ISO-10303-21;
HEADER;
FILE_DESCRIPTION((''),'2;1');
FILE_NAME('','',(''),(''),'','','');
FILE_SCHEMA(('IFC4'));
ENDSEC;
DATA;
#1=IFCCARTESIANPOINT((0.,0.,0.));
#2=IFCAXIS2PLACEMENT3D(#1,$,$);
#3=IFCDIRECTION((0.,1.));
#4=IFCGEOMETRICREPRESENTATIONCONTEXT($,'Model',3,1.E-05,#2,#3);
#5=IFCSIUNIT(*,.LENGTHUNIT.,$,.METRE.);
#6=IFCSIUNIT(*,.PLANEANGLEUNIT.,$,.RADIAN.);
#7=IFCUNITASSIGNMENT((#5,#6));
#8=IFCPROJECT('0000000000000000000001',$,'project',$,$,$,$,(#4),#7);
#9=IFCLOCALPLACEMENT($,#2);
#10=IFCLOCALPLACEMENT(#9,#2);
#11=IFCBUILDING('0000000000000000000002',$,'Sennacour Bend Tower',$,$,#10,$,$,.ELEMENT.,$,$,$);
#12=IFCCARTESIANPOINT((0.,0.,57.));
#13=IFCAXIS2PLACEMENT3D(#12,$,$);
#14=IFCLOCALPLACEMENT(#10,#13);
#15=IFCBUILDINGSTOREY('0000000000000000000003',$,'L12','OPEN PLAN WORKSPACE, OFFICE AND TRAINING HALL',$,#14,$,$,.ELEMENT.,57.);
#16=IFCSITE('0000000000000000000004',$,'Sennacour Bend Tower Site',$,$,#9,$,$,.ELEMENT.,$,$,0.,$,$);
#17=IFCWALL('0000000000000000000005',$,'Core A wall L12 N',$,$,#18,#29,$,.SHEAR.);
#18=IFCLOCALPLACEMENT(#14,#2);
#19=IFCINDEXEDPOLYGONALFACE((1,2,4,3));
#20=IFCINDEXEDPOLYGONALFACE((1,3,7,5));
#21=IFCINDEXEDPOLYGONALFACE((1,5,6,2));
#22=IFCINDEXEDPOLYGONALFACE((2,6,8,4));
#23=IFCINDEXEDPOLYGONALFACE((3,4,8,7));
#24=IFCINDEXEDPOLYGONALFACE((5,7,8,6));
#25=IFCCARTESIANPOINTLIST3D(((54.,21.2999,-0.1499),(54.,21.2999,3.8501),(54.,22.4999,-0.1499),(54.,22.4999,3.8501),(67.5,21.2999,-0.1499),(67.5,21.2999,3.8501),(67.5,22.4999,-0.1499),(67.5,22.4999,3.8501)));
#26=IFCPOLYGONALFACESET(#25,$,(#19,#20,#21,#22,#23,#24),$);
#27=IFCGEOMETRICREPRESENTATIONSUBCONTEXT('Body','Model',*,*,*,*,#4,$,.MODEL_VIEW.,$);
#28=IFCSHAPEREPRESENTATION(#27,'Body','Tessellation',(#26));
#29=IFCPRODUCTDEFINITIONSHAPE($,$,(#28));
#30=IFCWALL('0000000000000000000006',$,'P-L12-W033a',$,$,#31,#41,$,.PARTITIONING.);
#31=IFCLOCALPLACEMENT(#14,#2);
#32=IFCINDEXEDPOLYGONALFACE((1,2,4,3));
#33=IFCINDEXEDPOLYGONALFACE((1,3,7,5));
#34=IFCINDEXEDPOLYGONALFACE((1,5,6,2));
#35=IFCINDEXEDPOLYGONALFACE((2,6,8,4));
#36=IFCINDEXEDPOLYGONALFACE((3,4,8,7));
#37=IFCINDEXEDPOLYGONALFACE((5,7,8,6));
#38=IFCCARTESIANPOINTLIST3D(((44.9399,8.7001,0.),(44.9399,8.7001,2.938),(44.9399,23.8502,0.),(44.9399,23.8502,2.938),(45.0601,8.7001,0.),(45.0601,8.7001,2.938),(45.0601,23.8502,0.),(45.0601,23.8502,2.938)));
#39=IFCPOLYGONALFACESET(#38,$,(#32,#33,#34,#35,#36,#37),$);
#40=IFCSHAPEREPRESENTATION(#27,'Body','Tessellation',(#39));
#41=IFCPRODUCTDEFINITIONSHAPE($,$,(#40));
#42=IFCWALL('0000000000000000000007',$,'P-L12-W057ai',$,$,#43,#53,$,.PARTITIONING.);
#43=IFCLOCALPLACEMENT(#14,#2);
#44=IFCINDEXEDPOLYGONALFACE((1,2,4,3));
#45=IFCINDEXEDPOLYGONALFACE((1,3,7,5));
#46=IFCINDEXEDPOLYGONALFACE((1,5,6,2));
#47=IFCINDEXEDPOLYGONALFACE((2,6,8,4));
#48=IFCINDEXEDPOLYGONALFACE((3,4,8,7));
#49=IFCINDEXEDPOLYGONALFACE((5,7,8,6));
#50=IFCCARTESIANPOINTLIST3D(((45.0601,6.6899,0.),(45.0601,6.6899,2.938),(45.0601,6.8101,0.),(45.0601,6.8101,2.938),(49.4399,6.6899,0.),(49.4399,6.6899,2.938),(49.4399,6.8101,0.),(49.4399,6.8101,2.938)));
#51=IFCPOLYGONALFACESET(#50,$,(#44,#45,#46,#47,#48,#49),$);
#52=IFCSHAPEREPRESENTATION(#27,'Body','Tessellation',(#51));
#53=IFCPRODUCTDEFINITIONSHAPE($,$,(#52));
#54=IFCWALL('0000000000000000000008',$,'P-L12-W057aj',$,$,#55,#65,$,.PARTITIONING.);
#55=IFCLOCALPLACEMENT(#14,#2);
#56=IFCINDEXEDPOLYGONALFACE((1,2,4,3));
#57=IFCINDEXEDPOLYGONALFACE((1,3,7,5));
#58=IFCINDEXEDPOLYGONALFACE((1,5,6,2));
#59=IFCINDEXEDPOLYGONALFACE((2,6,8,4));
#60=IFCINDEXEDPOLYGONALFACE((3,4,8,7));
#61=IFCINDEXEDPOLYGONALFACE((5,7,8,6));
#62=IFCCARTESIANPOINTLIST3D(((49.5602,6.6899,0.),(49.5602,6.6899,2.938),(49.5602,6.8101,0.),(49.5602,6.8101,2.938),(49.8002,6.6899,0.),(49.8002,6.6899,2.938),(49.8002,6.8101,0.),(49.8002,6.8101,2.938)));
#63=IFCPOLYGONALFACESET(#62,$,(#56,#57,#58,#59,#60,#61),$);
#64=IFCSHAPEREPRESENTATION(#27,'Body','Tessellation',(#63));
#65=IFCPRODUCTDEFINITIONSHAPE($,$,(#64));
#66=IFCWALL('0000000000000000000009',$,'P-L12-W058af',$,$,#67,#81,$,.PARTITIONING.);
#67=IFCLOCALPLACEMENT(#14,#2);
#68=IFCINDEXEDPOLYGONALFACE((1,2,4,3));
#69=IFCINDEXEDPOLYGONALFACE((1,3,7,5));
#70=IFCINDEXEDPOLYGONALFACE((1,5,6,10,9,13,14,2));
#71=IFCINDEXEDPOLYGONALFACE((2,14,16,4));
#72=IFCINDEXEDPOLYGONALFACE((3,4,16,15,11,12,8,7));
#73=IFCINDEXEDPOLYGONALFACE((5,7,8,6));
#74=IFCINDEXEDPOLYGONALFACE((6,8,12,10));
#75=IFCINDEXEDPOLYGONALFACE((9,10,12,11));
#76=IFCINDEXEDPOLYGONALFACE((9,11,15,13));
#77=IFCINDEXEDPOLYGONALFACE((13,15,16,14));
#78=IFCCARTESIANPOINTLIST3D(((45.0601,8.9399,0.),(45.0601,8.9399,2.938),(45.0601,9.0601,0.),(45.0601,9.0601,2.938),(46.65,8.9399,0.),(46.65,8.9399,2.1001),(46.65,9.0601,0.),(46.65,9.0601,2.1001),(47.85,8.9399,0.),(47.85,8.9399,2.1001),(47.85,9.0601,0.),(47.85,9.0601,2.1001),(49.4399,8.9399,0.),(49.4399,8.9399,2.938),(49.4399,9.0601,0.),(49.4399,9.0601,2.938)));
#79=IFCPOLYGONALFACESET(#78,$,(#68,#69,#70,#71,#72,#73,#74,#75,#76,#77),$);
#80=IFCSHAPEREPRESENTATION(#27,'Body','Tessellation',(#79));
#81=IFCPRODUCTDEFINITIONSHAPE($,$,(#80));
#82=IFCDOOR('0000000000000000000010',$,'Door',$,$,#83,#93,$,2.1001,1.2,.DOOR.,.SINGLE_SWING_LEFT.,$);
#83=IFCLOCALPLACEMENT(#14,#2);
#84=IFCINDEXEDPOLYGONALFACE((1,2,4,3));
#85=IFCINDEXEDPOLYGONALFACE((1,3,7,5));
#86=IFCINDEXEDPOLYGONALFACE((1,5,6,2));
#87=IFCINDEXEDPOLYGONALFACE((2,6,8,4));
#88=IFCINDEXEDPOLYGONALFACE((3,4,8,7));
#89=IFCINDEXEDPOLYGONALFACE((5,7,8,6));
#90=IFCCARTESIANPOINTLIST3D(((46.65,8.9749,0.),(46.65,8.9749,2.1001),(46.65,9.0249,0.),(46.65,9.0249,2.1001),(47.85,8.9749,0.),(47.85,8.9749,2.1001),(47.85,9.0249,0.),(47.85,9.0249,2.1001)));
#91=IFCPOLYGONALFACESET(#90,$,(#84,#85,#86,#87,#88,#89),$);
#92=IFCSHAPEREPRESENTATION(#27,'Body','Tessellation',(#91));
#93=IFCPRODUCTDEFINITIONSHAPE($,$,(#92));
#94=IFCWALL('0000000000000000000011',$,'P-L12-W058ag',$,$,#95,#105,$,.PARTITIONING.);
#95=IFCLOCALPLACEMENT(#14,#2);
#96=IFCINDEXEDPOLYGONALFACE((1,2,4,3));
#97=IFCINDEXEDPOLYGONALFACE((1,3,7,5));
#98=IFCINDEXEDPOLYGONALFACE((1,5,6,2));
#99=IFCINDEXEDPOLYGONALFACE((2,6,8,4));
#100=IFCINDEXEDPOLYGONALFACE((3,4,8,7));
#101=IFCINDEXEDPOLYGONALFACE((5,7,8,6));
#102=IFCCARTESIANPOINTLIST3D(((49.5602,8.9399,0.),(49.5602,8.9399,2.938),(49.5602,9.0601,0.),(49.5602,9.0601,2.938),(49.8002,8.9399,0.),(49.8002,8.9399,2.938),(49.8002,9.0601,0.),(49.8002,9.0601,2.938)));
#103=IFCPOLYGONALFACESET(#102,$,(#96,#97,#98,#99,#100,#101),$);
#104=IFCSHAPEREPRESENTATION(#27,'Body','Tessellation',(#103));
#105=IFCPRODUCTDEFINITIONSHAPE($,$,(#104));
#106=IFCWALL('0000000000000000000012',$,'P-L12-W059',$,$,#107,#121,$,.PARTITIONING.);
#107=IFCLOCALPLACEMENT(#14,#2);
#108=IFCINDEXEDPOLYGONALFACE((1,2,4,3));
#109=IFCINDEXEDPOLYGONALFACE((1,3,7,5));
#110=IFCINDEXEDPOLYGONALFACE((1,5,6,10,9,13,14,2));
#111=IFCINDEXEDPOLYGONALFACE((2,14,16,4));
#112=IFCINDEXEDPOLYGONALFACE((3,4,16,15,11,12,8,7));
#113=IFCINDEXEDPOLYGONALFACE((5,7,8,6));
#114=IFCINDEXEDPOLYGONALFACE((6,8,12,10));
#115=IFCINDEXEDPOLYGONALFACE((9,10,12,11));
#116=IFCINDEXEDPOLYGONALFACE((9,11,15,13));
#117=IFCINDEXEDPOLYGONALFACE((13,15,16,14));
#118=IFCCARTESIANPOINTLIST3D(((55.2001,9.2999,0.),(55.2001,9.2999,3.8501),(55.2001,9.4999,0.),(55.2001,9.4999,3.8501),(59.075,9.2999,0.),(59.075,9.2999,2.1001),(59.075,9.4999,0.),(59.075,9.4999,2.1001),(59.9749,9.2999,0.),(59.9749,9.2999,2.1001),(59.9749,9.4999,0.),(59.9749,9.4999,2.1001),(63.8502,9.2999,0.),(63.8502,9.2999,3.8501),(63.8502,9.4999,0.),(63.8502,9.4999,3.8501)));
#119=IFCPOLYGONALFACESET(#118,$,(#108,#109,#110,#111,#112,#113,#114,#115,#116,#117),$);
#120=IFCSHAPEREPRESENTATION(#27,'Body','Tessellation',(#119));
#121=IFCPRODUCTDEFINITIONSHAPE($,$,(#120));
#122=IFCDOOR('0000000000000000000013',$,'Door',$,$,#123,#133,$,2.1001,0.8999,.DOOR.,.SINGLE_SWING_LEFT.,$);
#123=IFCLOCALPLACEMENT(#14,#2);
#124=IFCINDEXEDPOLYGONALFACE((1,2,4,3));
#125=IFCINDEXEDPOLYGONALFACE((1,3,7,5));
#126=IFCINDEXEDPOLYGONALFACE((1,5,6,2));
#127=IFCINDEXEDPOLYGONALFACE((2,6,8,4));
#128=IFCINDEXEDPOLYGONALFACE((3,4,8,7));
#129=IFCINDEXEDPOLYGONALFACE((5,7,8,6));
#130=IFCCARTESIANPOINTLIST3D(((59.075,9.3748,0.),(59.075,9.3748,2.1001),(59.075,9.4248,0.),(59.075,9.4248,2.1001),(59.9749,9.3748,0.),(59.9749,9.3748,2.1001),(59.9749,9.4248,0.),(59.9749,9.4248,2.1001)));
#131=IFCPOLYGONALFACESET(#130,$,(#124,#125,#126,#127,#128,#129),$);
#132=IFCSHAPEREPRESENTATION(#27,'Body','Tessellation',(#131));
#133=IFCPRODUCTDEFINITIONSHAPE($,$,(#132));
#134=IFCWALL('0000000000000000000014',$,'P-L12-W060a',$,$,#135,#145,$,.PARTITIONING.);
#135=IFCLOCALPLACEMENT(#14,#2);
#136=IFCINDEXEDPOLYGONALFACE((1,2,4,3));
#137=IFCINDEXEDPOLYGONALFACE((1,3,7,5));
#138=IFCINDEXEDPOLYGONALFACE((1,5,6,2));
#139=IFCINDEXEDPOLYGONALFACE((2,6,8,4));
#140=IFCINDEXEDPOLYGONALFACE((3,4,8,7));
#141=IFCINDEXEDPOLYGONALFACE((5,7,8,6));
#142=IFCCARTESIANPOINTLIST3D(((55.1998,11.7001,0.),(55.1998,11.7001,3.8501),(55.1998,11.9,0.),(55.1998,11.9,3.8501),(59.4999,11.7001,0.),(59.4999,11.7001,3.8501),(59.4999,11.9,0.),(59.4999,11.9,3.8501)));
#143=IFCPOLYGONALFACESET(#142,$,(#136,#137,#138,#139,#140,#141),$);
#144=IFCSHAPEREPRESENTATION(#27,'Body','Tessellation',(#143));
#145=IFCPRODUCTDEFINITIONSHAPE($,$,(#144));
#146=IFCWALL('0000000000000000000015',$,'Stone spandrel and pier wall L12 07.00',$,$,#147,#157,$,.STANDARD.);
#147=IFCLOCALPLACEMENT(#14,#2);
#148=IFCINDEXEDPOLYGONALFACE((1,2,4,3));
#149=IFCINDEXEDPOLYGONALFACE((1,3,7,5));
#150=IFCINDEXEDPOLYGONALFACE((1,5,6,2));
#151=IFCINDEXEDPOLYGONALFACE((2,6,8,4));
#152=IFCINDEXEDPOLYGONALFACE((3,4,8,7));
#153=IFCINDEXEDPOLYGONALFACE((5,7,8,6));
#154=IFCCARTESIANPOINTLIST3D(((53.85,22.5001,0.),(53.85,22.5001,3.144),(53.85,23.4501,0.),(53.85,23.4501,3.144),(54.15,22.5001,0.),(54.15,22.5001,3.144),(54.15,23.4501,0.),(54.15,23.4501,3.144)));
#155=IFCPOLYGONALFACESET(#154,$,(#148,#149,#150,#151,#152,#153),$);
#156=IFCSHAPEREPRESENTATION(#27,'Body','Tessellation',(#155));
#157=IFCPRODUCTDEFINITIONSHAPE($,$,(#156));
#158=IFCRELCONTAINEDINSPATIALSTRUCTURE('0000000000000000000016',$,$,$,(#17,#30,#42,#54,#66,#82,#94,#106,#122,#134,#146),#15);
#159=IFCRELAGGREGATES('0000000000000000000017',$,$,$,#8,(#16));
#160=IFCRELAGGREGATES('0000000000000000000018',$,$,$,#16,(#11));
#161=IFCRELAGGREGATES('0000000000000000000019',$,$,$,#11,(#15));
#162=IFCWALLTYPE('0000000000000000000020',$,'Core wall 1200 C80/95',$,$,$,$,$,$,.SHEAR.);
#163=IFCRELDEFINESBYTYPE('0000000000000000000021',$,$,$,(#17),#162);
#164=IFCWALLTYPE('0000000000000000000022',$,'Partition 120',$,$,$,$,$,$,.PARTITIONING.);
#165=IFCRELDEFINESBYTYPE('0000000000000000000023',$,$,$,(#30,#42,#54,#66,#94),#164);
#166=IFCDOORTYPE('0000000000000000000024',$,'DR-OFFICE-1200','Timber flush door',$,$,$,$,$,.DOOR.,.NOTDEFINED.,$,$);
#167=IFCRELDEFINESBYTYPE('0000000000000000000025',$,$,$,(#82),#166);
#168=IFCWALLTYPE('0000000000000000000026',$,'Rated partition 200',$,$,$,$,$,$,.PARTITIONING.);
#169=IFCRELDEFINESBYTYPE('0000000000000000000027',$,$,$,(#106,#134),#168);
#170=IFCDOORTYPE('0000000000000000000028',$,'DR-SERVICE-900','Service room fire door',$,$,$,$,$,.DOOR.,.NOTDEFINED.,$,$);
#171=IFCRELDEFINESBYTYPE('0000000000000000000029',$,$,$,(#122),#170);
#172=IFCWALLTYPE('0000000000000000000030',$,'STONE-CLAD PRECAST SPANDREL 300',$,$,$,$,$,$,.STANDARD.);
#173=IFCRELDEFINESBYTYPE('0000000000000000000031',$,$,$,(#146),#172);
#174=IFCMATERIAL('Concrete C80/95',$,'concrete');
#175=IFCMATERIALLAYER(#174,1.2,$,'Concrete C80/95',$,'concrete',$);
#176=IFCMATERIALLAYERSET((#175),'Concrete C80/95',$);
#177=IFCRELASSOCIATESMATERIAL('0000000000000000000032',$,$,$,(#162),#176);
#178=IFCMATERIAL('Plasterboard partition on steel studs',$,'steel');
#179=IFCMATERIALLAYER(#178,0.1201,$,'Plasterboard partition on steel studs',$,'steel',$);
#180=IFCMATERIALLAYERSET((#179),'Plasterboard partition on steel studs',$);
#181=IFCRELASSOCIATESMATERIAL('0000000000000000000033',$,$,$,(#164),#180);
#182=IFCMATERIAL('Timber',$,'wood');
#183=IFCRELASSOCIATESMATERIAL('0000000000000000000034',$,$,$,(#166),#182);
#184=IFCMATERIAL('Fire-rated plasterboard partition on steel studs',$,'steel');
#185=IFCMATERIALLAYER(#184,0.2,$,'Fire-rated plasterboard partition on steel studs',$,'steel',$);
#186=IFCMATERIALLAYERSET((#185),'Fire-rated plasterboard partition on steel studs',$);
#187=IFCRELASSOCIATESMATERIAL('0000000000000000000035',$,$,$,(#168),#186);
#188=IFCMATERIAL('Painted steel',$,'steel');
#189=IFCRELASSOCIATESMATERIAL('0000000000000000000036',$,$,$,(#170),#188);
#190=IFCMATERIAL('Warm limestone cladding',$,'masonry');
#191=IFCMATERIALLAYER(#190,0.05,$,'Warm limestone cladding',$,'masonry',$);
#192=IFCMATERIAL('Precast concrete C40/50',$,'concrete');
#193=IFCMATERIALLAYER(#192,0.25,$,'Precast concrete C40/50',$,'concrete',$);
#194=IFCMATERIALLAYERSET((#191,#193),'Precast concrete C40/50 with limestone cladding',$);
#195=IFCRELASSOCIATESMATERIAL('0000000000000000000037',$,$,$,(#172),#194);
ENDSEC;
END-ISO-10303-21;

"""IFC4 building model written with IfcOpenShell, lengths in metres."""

from ifc_helpers import new_model, si_unit, direction, frame, frame_2d, origin, place, context, subcontext, project, spatial, rectangle, extrude, material, layer, layer_set, type_object, element, fill, save


model = new_model("IFC4")

# Units and contexts
model_context = context("Model", 3, precision=1e-05, world=origin(), true_north=direction((0.0, 1.0)))
body_context = subcontext(model_context, "Body", "Model", "MODEL_VIEW")
ifc_project = project(units=[si_unit("LENGTHUNIT", "METRE"), si_unit("PLANEANGLEUNIT", "RADIAN")], contexts=[model_context])

# Site, building, storey
site_placement = place(None, origin())
site = spatial("IfcSite", under=ifc_project, at=site_placement, Name="Sennacour Bend Tower Site", CompositionType="ELEMENT", RefElevation=0.0)
building_placement = place(site_placement, origin())
building = spatial("IfcBuilding", under=site, at=building_placement, Name="Sennacour Bend Tower", CompositionType="ELEMENT")
storey_placement = place(building_placement, frame((0.0, 0.0, 57.0)))
storey = spatial("IfcBuildingStorey", under=building, at=storey_placement, Name="L12", Description="OPEN PLAN WORKSPACE, OFFICE AND TRAINING HALL", CompositionType="ELEMENT", Elevation=57.0)

# Walls
ifc_material_1 = material(Name="Concrete C80/95", Category="concrete")
ifc_layer_1 = layer(ifc_material_1, 1.2, Name="Concrete C80/95", Category="concrete")
ifc_layer_set_1 = layer_set([ifc_layer_1], Name="Concrete C80/95")
wall_type_1 = type_object("IfcWallType", Name="Core wall 1200 C80/95", PredefinedType="SHEAR", material=ifc_layer_set_1)
wall_1_placement = place(storey_placement, frame((54.0, 21.8999, -0.1499), z_axis=(0.0, 0.0, 1.0), x_axis=(1.0, 0.0, 0.0)))
element("IfcWall", 1, at=wall_1_placement, inside=storey, type_object=wall_type_1, Name="Core A wall L12 N", PredefinedType="SHEAR", context=body_context, shape_type="SweptSolid", body=[
    extrude(rectangle(XDim=13.5, YDim=1.2, at=frame_2d((6.75, 0.0))), origin(), (0.0, 0.0, 1.0), 4.0),
])
ifc_material_2 = material(Name="Plasterboard partition on steel studs", Category="steel")
ifc_layer_2 = layer(ifc_material_2, 0.1201, Name="Plasterboard partition on steel studs", Category="steel")
ifc_layer_set_2 = layer_set([ifc_layer_2], Name="Plasterboard partition on steel studs")
wall_type_2 = type_object("IfcWallType", Name="Partition 120", PredefinedType="PARTITIONING", material=ifc_layer_set_2)
wall_2_placement = place(storey_placement, frame((45.0, 8.7, 0.0), z_axis=(0.0, 0.0, 1.0), x_axis=(0.0, 1.0, 0.0)))
element("IfcWall", 2, at=wall_2_placement, inside=storey, type_object=wall_type_2, Name="P-L12-W033a", PredefinedType="PARTITIONING", context=body_context, shape_type="SweptSolid", body=[
    extrude(rectangle(XDim=15.1501, YDim=0.1201, at=frame_2d((7.5752, 0.0))), origin(), (0.0, 0.0, 1.0), 2.938),
])
wall_3_placement = place(storey_placement, frame((45.0601, 6.75, 0.0), z_axis=(0.0, 0.0, 1.0), x_axis=(1.0, 0.0, 0.0)))
element("IfcWall", 3, at=wall_3_placement, inside=storey, type_object=wall_type_2, Name="P-L12-W057ai", PredefinedType="PARTITIONING", context=body_context, shape_type="SweptSolid", body=[
    extrude(rectangle(XDim=4.3799, YDim=0.1201, at=frame_2d((2.1899, 0.0))), origin(), (0.0, 0.0, 1.0), 2.938),
])
wall_4_placement = place(storey_placement, frame((49.5601, 6.75, 0.0), z_axis=(0.0, 0.0, 1.0), x_axis=(1.0, 0.0, 0.0)))
element("IfcWall", 4, at=wall_4_placement, inside=storey, type_object=wall_type_2, Name="P-L12-W057aj", PredefinedType="PARTITIONING", context=body_context, shape_type="SweptSolid", body=[
    extrude(rectangle(XDim=0.24, YDim=0.1201, at=frame_2d((0.1201, 0.0))), origin(), (0.0, 0.0, 1.0), 2.938),
])

# Wall, opening, door
wall_5_placement = place(storey_placement, frame((45.0601, 9.0, 0.0), z_axis=(0.0, 0.0, 1.0), x_axis=(1.0, 0.0, 0.0)))
wall_5 = element("IfcWall", 5, at=wall_5_placement, inside=storey, type_object=wall_type_2, Name="P-L12-W058af", PredefinedType="PARTITIONING", context=body_context, shape_type="SweptSolid", body=[
    extrude(rectangle(XDim=4.3799, YDim=0.1201, at=frame_2d((2.1899, 0.0))), origin(), (0.0, 0.0, 1.0), 2.938),
])
opening_1_placement = place(wall_5_placement, frame((1.5898, 0.0, 0.0)))
opening_1 = element("IfcOpeningElement", 6, at=opening_1_placement, cuts=wall_5, PredefinedType="OPENING", context=body_context, shape_type="SweptSolid", body=[
    extrude(rectangle(XDim=1.2, YDim=2.1001, at=frame_2d((0.6001, 1.05))), frame((0.0, 0.0701, 0.0), z_axis=(0.0, -1.0, 0.0), x_axis=(1.0, 0.0, 0.0)), (0.0, 0.0, 1.0), 0.1401),
])
ifc_material_3 = material(Name="Timber", Category="wood")
door_type_1 = type_object("IfcDoorType", Name="DR-OFFICE-1200", Description="Timber flush door", OperationType="NOTDEFINED", PredefinedType="DOOR", material=ifc_material_3)
door_1_placement = place(opening_1_placement, origin())
door_1 = element("IfcDoor", 7, at=door_1_placement, inside=storey, type_object=door_type_1, Name="Door", OperationType="SINGLE_SWING_LEFT", OverallHeight=2.1001, OverallWidth=1.2, PredefinedType="DOOR", context=body_context, shape_type="SweptSolid", body=[
    extrude(rectangle(XDim=1.2, YDim=2.1001, at=frame_2d((0.6001, 1.05))), frame((0.0, 0.0249, 0.0), z_axis=(0.0, -1.0, 0.0), x_axis=(1.0, 0.0, 0.0)), (0.0, 0.0, 1.0), 0.05),
])
fill(opening_1, door_1)

# Wall
wall_6_placement = place(storey_placement, frame((49.5601, 9.0, 0.0), z_axis=(0.0, 0.0, 1.0), x_axis=(1.0, 0.0, 0.0)))
element("IfcWall", 8, at=wall_6_placement, inside=storey, type_object=wall_type_2, Name="P-L12-W058ag", PredefinedType="PARTITIONING", context=body_context, shape_type="SweptSolid", body=[
    extrude(rectangle(XDim=0.24, YDim=0.1201, at=frame_2d((0.1201, 0.0))), origin(), (0.0, 0.0, 1.0), 2.938),
])

# Wall, opening, door
ifc_material_4 = material(Name="Fire-rated plasterboard partition on steel studs", Category="steel")
ifc_layer_3 = layer(ifc_material_4, 0.2, Name="Fire-rated plasterboard partition on steel studs", Category="steel")
ifc_layer_set_3 = layer_set([ifc_layer_3], Name="Fire-rated plasterboard partition on steel studs")
wall_type_3 = type_object("IfcWallType", Name="Rated partition 200", PredefinedType="PARTITIONING", material=ifc_layer_set_3)
wall_7_placement = place(storey_placement, frame((55.2, 9.3999, 0.0), z_axis=(0.0, 0.0, 1.0), x_axis=(1.0, 0.0, 0.0)))
wall_7 = element("IfcWall", 9, at=wall_7_placement, inside=storey, type_object=wall_type_3, Name="P-L12-W059", PredefinedType="PARTITIONING", context=body_context, shape_type="SweptSolid", body=[
    extrude(rectangle(XDim=8.6501, YDim=0.2, at=frame_2d((4.3252, 0.0))), origin(), (0.0, 0.0, 1.0), 3.8501),
])
opening_2_placement = place(wall_7_placement, frame((3.875, 0.0, 0.0)))
opening_2 = element("IfcOpeningElement", 10, at=opening_2_placement, cuts=wall_7, PredefinedType="OPENING", context=body_context, shape_type="SweptSolid", body=[
    extrude(rectangle(XDim=0.8999, YDim=2.1001, at=frame_2d((0.45, 1.05))), frame((0.0, 0.1099, 0.0), z_axis=(0.0, -1.0, 0.0), x_axis=(1.0, 0.0, 0.0)), (0.0, 0.0, 1.0), 0.22),
])
ifc_material_5 = material(Name="Painted steel", Category="steel")
door_type_2 = type_object("IfcDoorType", Name="DR-SERVICE-900", Description="Service room fire door", OperationType="NOTDEFINED", PredefinedType="DOOR", material=ifc_material_5)
door_2_placement = place(opening_2_placement, origin())
door_2 = element("IfcDoor", 11, at=door_2_placement, inside=storey, type_object=door_type_2, Name="Door", OperationType="SINGLE_SWING_LEFT", OverallHeight=2.1001, OverallWidth=0.8999, PredefinedType="DOOR", context=body_context, shape_type="SweptSolid", body=[
    extrude(rectangle(XDim=0.8999, YDim=2.1001, at=frame_2d((0.45, 1.05))), frame((0.0, 0.0249, 0.0), z_axis=(0.0, -1.0, 0.0), x_axis=(1.0, 0.0, 0.0)), (0.0, 0.0, 1.0), 0.05),
])
fill(opening_2, door_2)

# Walls
wall_8_placement = place(storey_placement, frame((55.2, 11.8, 0.0), z_axis=(0.0, 0.0, 1.0), x_axis=(1.0, 0.0, 0.0)))
element("IfcWall", 12, at=wall_8_placement, inside=storey, type_object=wall_type_3, Name="P-L12-W060a", PredefinedType="PARTITIONING", context=body_context, shape_type="SweptSolid", body=[
    extrude(rectangle(XDim=4.3, YDim=0.2, at=frame_2d((2.1499, 0.0))), origin(), (0.0, 0.0, 1.0), 3.8501),
])
ifc_material_6 = material(Name="Warm limestone cladding", Category="masonry")
ifc_layer_4 = layer(ifc_material_6, 0.05, Name="Warm limestone cladding", Category="masonry")
ifc_material_7 = material(Name="Precast concrete C40/50", Category="concrete")
ifc_layer_5 = layer(ifc_material_7, 0.25, Name="Precast concrete C40/50", Category="concrete")
ifc_layer_set_4 = layer_set([ifc_layer_4, ifc_layer_5], Name="Precast concrete C40/50 with limestone cladding")
wall_type_4 = type_object("IfcWallType", Name="STONE-CLAD PRECAST SPANDREL 300", PredefinedType="STANDARD", material=ifc_layer_set_4)
wall_9_placement = place(storey_placement, frame((54.0, 22.5, 0.0), z_axis=(0.0, 0.0, 1.0), x_axis=(0.0, 1.0, 0.0)))
element("IfcWall", 13, at=wall_9_placement, inside=storey, type_object=wall_type_4, Name="Stone spandrel and pier wall L12 07.00", PredefinedType="STANDARD", context=body_context, shape_type="SweptSolid", body=[
    extrude(rectangle(XDim=0.95, YDim=0.3, at=frame_2d((0.4751, 0.0))), origin(), (0.0, 0.0, 1.0), 3.144),
])

save(model, "model.ifc")
